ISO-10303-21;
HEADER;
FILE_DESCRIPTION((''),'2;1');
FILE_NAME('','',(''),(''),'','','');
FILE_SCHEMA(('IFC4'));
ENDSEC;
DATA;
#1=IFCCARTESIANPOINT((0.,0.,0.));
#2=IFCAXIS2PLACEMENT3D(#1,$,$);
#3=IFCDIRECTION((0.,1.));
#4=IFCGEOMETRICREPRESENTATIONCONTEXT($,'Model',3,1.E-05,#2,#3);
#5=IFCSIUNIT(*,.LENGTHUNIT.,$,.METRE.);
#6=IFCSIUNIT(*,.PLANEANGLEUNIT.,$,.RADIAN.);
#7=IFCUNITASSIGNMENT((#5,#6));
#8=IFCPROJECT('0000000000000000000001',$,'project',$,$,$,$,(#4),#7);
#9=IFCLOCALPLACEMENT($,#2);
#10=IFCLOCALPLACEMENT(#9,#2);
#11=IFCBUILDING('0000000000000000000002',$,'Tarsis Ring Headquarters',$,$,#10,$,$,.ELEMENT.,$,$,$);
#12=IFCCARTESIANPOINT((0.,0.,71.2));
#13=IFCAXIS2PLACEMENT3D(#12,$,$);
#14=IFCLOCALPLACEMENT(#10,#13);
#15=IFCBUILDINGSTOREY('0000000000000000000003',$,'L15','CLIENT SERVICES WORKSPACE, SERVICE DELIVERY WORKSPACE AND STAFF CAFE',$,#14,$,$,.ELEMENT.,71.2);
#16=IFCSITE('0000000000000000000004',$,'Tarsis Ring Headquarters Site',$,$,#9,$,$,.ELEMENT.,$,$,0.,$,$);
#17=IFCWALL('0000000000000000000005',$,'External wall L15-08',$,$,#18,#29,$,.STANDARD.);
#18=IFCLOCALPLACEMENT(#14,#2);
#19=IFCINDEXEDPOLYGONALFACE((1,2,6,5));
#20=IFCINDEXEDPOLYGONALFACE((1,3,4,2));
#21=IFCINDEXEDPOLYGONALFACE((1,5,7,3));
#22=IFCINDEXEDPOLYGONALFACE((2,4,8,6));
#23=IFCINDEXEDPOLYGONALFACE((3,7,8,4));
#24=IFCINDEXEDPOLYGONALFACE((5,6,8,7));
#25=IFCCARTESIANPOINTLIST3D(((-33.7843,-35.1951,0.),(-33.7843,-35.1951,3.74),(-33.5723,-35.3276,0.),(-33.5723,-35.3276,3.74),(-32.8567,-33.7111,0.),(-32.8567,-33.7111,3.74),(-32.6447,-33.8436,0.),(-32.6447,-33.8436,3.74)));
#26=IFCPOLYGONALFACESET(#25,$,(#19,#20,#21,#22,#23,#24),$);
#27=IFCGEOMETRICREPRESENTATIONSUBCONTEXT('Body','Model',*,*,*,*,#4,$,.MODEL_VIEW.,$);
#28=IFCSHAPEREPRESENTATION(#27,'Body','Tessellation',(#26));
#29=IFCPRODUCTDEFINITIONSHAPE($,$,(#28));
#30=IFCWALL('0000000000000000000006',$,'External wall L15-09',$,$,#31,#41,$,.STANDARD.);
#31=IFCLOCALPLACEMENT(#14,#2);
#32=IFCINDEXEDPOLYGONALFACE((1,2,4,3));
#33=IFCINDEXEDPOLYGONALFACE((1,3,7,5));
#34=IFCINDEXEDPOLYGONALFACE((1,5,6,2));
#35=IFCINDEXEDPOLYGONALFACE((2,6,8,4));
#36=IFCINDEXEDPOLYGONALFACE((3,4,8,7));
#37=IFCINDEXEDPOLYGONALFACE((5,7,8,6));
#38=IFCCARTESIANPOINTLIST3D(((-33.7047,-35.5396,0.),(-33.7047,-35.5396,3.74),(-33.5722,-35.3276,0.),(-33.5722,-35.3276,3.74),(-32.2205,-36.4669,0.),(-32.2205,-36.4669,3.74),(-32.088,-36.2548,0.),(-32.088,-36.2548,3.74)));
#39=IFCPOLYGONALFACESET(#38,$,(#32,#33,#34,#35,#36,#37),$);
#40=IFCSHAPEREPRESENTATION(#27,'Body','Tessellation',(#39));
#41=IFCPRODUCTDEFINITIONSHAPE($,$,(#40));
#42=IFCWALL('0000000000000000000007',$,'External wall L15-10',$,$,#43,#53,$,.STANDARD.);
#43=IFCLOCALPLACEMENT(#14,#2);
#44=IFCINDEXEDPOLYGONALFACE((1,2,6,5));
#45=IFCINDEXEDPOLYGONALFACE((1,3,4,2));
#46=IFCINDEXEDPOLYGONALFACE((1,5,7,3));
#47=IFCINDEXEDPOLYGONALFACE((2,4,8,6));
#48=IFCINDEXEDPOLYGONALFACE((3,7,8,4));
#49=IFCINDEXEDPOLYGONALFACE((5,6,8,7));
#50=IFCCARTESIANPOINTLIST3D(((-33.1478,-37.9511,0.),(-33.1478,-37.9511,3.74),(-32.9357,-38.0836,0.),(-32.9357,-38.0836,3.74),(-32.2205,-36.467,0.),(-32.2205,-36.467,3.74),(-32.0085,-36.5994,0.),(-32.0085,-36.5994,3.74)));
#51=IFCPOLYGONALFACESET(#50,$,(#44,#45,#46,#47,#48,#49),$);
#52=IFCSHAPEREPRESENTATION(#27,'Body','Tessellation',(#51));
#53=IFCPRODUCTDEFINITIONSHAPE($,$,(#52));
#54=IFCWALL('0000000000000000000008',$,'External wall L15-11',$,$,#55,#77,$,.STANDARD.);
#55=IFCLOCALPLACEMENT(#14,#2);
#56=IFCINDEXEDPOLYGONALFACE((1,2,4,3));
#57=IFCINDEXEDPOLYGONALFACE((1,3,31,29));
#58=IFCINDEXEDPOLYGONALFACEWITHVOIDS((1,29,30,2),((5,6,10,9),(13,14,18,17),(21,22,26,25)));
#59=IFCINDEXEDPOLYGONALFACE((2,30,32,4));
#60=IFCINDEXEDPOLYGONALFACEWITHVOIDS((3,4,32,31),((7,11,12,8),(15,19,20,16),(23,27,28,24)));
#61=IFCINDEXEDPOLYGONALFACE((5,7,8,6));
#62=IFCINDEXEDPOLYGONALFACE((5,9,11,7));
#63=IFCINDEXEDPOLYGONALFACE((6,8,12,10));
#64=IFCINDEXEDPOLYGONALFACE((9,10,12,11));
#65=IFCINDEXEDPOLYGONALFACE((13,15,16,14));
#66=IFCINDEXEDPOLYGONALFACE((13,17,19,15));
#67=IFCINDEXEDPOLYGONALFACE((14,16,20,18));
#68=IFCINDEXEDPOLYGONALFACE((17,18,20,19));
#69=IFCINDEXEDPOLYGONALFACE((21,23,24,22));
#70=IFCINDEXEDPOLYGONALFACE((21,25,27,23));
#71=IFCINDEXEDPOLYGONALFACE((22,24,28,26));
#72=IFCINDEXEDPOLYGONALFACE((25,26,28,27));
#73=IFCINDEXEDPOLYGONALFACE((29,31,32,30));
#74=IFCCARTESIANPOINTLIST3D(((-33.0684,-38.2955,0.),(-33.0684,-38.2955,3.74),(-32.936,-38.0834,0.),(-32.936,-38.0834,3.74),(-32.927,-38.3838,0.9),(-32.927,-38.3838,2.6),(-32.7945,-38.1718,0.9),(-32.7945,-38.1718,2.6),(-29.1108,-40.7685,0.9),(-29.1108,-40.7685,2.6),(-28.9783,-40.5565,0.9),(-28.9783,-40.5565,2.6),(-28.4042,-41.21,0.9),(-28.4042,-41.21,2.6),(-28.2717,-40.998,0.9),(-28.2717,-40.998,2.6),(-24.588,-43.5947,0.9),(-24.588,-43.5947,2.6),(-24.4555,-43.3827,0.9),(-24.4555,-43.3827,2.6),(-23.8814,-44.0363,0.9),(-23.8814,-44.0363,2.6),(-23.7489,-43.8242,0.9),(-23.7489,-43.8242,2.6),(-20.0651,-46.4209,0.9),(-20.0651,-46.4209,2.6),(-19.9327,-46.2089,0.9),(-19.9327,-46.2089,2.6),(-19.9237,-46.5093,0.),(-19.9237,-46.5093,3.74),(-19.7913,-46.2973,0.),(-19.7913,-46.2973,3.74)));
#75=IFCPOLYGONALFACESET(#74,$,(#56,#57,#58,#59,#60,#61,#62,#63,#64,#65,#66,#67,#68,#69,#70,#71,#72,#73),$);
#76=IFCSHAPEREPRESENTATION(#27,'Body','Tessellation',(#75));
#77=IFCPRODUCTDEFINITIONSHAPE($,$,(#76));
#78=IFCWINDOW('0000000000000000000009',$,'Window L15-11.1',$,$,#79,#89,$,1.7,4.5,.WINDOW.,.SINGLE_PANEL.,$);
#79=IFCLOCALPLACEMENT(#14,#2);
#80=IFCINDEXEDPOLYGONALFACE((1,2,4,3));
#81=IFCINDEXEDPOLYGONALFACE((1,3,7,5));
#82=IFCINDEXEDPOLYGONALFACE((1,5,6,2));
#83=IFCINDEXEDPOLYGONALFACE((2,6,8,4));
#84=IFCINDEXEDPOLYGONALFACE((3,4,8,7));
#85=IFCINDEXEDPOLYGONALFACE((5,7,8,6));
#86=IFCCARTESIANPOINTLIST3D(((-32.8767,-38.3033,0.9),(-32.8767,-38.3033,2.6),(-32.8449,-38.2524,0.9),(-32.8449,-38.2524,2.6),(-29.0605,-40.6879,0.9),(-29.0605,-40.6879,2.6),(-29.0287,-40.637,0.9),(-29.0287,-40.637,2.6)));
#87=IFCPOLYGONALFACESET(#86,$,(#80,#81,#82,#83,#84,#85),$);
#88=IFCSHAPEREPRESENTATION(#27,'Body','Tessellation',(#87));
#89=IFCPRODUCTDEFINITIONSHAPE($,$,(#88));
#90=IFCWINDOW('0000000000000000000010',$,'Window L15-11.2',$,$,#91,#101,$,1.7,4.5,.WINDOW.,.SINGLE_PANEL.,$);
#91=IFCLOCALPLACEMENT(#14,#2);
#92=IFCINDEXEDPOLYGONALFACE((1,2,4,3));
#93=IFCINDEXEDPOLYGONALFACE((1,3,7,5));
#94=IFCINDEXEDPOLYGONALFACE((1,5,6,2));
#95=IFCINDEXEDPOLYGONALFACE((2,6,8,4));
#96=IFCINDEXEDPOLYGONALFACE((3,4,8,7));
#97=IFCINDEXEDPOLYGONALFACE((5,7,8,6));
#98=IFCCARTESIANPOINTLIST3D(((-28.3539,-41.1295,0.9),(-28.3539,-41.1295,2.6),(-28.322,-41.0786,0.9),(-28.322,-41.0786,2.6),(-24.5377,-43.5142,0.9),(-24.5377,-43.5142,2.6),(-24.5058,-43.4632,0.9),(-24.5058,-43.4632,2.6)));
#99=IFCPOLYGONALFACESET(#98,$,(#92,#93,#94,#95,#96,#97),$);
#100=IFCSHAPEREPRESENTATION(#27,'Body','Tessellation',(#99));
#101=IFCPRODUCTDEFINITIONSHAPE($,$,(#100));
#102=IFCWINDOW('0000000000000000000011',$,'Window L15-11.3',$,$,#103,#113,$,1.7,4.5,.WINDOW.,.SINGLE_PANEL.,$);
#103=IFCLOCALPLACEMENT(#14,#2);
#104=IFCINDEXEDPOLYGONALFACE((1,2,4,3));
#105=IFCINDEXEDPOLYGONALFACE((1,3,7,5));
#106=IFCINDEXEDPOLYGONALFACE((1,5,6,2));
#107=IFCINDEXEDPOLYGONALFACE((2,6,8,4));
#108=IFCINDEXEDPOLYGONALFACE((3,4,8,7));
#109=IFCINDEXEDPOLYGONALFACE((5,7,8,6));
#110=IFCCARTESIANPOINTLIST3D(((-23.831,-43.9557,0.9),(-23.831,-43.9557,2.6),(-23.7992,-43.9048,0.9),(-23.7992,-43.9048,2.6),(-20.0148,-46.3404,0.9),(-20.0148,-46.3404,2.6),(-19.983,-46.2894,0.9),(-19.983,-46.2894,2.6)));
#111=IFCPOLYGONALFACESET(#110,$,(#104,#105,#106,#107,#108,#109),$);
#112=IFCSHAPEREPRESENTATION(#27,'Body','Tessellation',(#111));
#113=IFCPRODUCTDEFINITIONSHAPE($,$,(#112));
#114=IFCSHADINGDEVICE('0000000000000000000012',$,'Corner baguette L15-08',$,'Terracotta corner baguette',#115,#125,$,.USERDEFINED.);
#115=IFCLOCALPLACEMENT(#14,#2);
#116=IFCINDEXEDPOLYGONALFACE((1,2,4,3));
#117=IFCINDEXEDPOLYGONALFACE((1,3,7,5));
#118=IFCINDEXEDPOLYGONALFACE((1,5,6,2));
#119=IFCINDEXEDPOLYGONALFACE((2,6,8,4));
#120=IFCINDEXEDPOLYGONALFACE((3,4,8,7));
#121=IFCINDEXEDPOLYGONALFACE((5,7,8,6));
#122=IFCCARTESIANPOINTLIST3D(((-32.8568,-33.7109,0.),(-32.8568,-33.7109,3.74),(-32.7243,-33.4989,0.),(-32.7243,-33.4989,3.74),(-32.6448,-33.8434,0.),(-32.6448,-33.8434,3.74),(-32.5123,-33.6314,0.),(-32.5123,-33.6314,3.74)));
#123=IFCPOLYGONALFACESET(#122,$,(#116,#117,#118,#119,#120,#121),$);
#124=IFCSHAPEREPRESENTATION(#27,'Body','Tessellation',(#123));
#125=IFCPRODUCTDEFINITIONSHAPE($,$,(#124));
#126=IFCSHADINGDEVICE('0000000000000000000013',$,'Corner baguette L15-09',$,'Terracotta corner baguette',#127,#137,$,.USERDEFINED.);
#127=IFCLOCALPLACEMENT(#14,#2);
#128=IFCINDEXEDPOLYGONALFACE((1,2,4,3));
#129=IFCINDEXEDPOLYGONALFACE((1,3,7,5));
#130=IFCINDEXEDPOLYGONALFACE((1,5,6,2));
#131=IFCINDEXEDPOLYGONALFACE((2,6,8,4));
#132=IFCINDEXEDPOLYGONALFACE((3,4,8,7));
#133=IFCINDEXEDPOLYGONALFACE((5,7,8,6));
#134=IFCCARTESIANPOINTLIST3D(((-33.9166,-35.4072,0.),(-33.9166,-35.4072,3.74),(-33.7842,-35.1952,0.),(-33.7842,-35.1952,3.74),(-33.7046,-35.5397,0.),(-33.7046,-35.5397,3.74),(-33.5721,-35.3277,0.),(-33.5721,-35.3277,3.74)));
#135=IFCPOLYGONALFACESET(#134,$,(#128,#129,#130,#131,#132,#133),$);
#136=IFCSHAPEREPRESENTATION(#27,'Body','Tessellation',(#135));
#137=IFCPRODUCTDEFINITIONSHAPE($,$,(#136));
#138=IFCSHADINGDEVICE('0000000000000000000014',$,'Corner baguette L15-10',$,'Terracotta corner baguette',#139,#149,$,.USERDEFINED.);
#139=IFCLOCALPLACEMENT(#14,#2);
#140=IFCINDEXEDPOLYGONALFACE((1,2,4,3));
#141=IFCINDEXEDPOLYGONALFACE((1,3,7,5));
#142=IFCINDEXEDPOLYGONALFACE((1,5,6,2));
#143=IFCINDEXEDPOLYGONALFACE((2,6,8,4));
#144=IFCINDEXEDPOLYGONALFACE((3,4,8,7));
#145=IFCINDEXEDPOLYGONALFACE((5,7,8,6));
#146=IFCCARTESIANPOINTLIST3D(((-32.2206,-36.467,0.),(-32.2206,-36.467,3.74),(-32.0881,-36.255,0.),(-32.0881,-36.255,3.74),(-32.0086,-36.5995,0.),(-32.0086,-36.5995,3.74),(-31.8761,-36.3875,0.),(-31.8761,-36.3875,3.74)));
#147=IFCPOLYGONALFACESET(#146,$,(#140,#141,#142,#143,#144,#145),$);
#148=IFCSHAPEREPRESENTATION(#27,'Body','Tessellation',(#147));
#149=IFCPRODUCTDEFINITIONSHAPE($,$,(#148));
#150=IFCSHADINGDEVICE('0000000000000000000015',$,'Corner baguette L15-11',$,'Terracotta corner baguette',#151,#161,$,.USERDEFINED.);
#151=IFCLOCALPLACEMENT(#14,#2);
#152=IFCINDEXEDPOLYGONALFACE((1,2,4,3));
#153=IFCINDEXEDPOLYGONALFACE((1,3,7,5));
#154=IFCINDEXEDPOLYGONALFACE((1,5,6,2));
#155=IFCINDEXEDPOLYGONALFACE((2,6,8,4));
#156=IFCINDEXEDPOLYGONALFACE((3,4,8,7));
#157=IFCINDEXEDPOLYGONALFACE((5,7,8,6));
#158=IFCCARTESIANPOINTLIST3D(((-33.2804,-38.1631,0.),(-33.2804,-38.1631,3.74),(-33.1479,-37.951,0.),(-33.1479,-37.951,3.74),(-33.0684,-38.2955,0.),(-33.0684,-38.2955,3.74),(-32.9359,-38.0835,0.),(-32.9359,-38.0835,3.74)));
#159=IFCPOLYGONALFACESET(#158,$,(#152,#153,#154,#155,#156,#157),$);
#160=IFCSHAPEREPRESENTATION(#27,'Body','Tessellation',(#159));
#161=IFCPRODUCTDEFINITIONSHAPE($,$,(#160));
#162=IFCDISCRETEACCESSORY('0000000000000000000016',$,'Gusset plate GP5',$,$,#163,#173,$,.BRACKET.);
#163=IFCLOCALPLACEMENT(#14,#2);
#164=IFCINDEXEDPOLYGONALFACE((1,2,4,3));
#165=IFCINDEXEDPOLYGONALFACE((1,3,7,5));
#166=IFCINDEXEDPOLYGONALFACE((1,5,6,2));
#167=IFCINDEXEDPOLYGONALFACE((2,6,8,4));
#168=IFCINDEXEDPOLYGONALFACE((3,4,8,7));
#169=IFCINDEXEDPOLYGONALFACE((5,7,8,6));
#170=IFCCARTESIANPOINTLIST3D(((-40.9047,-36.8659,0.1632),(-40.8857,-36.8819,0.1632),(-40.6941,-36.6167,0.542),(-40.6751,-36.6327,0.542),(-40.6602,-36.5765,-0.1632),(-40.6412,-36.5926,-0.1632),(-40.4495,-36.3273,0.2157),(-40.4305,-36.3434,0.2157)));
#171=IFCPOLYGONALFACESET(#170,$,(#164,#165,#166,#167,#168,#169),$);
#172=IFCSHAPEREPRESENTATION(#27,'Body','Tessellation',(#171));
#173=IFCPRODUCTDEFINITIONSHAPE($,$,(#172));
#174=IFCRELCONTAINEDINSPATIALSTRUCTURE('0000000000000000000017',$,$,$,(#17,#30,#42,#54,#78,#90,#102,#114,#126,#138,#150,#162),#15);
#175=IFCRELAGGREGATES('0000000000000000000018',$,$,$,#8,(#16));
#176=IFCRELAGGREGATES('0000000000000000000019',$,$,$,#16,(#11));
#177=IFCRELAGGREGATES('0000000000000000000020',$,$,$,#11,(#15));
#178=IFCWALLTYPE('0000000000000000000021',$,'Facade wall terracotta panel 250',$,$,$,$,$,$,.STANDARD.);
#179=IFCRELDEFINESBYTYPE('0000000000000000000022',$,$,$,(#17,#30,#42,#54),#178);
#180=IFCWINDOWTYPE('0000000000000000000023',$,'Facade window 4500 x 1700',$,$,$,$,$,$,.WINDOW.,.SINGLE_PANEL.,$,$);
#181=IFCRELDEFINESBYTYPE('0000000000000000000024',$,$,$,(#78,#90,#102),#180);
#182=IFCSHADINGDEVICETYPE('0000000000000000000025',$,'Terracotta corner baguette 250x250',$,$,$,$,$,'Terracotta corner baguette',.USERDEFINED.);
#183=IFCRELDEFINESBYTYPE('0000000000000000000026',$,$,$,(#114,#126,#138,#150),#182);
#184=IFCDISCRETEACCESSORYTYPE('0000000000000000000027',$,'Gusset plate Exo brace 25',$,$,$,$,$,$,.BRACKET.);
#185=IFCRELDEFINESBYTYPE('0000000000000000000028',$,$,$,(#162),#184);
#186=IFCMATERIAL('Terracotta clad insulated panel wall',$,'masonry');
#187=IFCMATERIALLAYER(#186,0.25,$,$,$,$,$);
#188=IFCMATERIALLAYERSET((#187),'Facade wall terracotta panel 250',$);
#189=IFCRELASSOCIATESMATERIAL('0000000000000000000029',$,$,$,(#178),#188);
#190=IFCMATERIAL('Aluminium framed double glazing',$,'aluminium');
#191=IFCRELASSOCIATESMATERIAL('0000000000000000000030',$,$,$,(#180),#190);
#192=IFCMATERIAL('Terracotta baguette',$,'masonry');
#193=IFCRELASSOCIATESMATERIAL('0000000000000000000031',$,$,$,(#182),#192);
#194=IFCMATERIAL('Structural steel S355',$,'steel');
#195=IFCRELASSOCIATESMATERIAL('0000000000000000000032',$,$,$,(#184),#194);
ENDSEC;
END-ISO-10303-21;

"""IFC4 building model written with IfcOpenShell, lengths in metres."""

from ifc_helpers import new_model, si_unit, direction, frame, frame_2d, origin, origin_2d, place, context, subcontext, project, spatial, rectangle, extrude, material, layer, layer_set, material_profile, profile_set, type_object, element, fill, save


model = new_model("IFC4")

# Units and contexts
model_context = context("Model", 3, precision=1e-05, world=origin(), true_north=direction((0.0, 1.0)))
body_context = subcontext(model_context, "Body", "Model", "MODEL_VIEW")
ifc_project = project(units=[si_unit("LENGTHUNIT", "METRE"), si_unit("PLANEANGLEUNIT", "RADIAN")], contexts=[model_context])

# Site, building, storey
site_placement = place(None, origin())
site = spatial("IfcSite", under=ifc_project, at=site_placement, Name="Tarsis Ring Headquarters Site", CompositionType="ELEMENT", RefElevation=0.0)
building_placement = place(site_placement, origin())
building = spatial("IfcBuilding", under=site, at=building_placement, Name="Tarsis Ring Headquarters", CompositionType="ELEMENT")
storey_placement = place(building_placement, frame((0.0, 0.0, 71.2)))
storey = spatial("IfcBuildingStorey", under=building, at=storey_placement, Name="L15", Description="CLIENT SERVICES WORKSPACE, SERVICE DELIVERY WORKSPACE AND STAFF CAFE", CompositionType="ELEMENT", Elevation=71.2)

# Shared definitions
ifc_material_1 = material(Name="Structural steel S355", Category="steel")

# Walls
ifc_material_2 = material(Name="Terracotta clad insulated panel wall", Category="masonry")
ifc_layer_1 = layer(ifc_material_2, 0.25)
ifc_layer_set_1 = layer_set([ifc_layer_1], Name="Facade wall terracotta panel 250")
wall_type_1 = type_object("IfcWallType", Name="Facade wall terracotta panel 250", PredefinedType="STANDARD", material=ifc_layer_set_1)
for number, where, z_axis, x_axis, name in (
    (1, (-32.7507, -33.7773, 0.0), (0.0, 0.0, 1.0), (-0.530024, -0.847983, 0.0), "External wall L15-08"),
    (2, (-33.6384, -35.4336, 0.0), (0.0, 0.0, 1.0), (0.848085, -0.529861, 0.0), "External wall L15-09"),
    (3, (-32.1145, -36.5332, 0.0), (0.0, 0.0, 1.0), (-0.529861, -0.848085, 0.0), "External wall L15-10"),
):
    element("IfcWall", number, at=place(storey_placement, frame(where, z_axis=z_axis, x_axis=x_axis)), inside=storey, type_object=wall_type_1, Name=name, PredefinedType="STANDARD", context=body_context, shape_type="SweptSolid", body=[
        extrude(rectangle(XDim=1.75, YDim=0.25, at=frame_2d((0.875, 0.0))), origin(), (0.0, 0.0, 1.0), 3.74),
    ])

# Wall, openings, windows
wall_1_placement = place(storey_placement, frame((-33.0022, -38.1895, 0.0), z_axis=(0.0, 0.0, 1.0), x_axis=(0.848045, -0.529924, 0.0)))
wall_1 = element("IfcWall", 4, at=wall_1_placement, inside=storey, type_object=wall_type_1, Name="External wall L15-11", PredefinedType="STANDARD", context=body_context, shape_type="SweptSolid", body=[
    extrude(rectangle(XDim=15.5, YDim=0.25, at=frame_2d((7.75, 0.0))), origin(), (0.0, 0.0, 1.0), 3.74),
])
opening_1_placement = place(wall_1_placement, frame((0.1667, 0.0, 0.8999)))
opening_1 = element("IfcOpeningElement", 5, at=opening_1_placement, cuts=wall_1, PredefinedType="OPENING", context=body_context, shape_type="SweptSolid", body=[
    extrude(rectangle(XDim=4.5, YDim=1.7, at=frame_2d((2.25, 0.8501))), frame((0.0, 0.135, 0.0), z_axis=(0.0, -1.0, 0.0), x_axis=(1.0, 0.0, 0.0)), (0.0, 0.0, 1.0), 0.27),
])
opening_2_placement = place(wall_1_placement, frame((5.5, 0.0, 0.8999)))
opening_2 = element("IfcOpeningElement", 6, at=opening_2_placement, cuts=wall_1, PredefinedType="OPENING", context=body_context, shape_type="SweptSolid", body=[
    extrude(rectangle(XDim=4.5, YDim=1.7, at=frame_2d((2.25, 0.8501))), frame((0.0, 0.135, 0.0), z_axis=(0.0, -1.0, 0.0), x_axis=(1.0, 0.0, 0.0)), (0.0, 0.0, 1.0), 0.27),
])
opening_3_placement = place(wall_1_placement, frame((10.8333, 0.0, 0.8999)))
opening_3 = element("IfcOpeningElement", 7, at=opening_3_placement, cuts=wall_1, PredefinedType="OPENING", context=body_context, shape_type="SweptSolid", body=[
    extrude(rectangle(XDim=4.5, YDim=1.7, at=frame_2d((2.25, 0.8501))), frame((0.0, 0.135, 0.0), z_axis=(0.0, -1.0, 0.0), x_axis=(1.0, 0.0, 0.0)), (0.0, 0.0, 1.0), 0.27),
])
ifc_material_3 = material(Name="Aluminium framed double glazing", Category="aluminium")
window_type = type_object("IfcWindowType", Name="Facade window 4500 x 1700", PartitioningType="SINGLE_PANEL", PredefinedType="WINDOW", material=ifc_material_3)
window_1_placement = place(opening_1_placement, origin())
window_1 = element("IfcWindow", 8, at=window_1_placement, inside=storey, type_object=window_type, Name="Window L15-11.1", OverallHeight=1.7, OverallWidth=4.5, PartitioningType="SINGLE_PANEL", PredefinedType="WINDOW", context=body_context, shape_type="SweptSolid", body=[
    extrude(rectangle(XDim=4.5, YDim=1.7, at=frame_2d((2.25, 0.8501))), frame((0.0, 0.03, 0.0), z_axis=(0.0, -1.0, 0.0), x_axis=(1.0, 0.0, 0.0)), (0.0, 0.0, 1.0), 0.0601),
])
fill(opening_1, window_1)
window_2_placement = place(opening_2_placement, origin())
window_2 = element("IfcWindow", 9, at=window_2_placement, inside=storey, type_object=window_type, Name="Window L15-11.2", OverallHeight=1.7, OverallWidth=4.5, PartitioningType="SINGLE_PANEL", PredefinedType="WINDOW", context=body_context, shape_type="SweptSolid", body=[
    extrude(rectangle(XDim=4.5, YDim=1.7, at=frame_2d((2.25, 0.8501))), frame((0.0, 0.03, 0.0), z_axis=(0.0, -1.0, 0.0), x_axis=(1.0, 0.0, 0.0)), (0.0, 0.0, 1.0), 0.0601),
])
fill(opening_2, window_2)
window_3_placement = place(opening_3_placement, origin())
window_3 = element("IfcWindow", 10, at=window_3_placement, inside=storey, type_object=window_type, Name="Window L15-11.3", OverallHeight=1.7, OverallWidth=4.5, PartitioningType="SINGLE_PANEL", PredefinedType="WINDOW", context=body_context, shape_type="SweptSolid", body=[
    extrude(rectangle(XDim=4.5, YDim=1.7, at=frame_2d((2.25, 0.8501))), frame((0.0, 0.03, 0.0), z_axis=(0.0, -1.0, 0.0), x_axis=(1.0, 0.0, 0.0)), (0.0, 0.0, 1.0), 0.0601),
])
fill(opening_3, window_3)

# Shading devices
ifc_material_4 = material(Name="Terracotta baguette", Category="masonry")
shading_device_type_1 = type_object("IfcShadingDeviceType", Name="Terracotta corner baguette 250x250", ElementType="Terracotta corner baguette", PredefinedType="USERDEFINED", material=ifc_material_4)
for number, where, z_axis, x_axis, name in (
    (11, (-32.6846, -33.6711, 0.0), (0.0, 0.0, 1.0), (0.848048, -0.529919, 0.0), "Corner baguette L15-08"),
    (12, (-33.7444, -35.3674, 0.0), (0.0, 0.0, 1.0), (-0.529919, -0.848048, 0.0), "Corner baguette L15-09"),
    (13, (-32.0483, -36.4272, 0.0), (0.0, 0.0, 1.0), (0.848048, -0.529919, 0.0), "Corner baguette L15-10"),
    (14, (-33.1082, -38.1233, 0.0), (0.0, 0.0, 1.0), (-0.529919, -0.848048, 0.0), "Corner baguette L15-11"),
):
    element("IfcShadingDevice", number, at=place(storey_placement, frame(where, z_axis=z_axis, x_axis=x_axis)), inside=storey, type_object=shading_device_type_1, Name=name, ObjectType="Terracotta corner baguette", PredefinedType="USERDEFINED", context=body_context, shape_type="SweptSolid", body=[
        extrude(rectangle(XDim=0.25, YDim=0.25, at=origin_2d()), origin(), (0.0, 0.0, 1.0), 3.74),
    ])

# Discrete accessory
ifc_material_profile_1 = material_profile(ifc_material_1, rectangle(XDim=0.0249, YDim=0.5, at=origin_2d()), Name="PL 25x500")
ifc_profile_set_1 = profile_set([ifc_material_profile_1], Name="Structural steel S355")
discrete_accessory_type = type_object("IfcDiscreteAccessoryType", Name="Gusset plate Exo brace 25", PredefinedType="BRACKET", material=ifc_profile_set_1)
discrete_accessory_placement = place(storey_placement, frame((-40.7729, -36.7292, 0.0), z_axis=(0.421306, 0.49844, 0.757667), x_axis=(-0.763727, 0.64554, 0.0)))
element("IfcDiscreteAccessory", 15, at=discrete_accessory_placement, inside=storey, type_object=discrete_accessory_type, Name="Gusset plate GP5", PredefinedType="BRACKET", context=body_context, shape_type="SweptSolid", body=[
    extrude(rectangle(XDim=0.0249, YDim=0.5, at=origin_2d()), origin(), (0.0, 0.0, 1.0), 0.5),
])

save(model, "model.ifc")
